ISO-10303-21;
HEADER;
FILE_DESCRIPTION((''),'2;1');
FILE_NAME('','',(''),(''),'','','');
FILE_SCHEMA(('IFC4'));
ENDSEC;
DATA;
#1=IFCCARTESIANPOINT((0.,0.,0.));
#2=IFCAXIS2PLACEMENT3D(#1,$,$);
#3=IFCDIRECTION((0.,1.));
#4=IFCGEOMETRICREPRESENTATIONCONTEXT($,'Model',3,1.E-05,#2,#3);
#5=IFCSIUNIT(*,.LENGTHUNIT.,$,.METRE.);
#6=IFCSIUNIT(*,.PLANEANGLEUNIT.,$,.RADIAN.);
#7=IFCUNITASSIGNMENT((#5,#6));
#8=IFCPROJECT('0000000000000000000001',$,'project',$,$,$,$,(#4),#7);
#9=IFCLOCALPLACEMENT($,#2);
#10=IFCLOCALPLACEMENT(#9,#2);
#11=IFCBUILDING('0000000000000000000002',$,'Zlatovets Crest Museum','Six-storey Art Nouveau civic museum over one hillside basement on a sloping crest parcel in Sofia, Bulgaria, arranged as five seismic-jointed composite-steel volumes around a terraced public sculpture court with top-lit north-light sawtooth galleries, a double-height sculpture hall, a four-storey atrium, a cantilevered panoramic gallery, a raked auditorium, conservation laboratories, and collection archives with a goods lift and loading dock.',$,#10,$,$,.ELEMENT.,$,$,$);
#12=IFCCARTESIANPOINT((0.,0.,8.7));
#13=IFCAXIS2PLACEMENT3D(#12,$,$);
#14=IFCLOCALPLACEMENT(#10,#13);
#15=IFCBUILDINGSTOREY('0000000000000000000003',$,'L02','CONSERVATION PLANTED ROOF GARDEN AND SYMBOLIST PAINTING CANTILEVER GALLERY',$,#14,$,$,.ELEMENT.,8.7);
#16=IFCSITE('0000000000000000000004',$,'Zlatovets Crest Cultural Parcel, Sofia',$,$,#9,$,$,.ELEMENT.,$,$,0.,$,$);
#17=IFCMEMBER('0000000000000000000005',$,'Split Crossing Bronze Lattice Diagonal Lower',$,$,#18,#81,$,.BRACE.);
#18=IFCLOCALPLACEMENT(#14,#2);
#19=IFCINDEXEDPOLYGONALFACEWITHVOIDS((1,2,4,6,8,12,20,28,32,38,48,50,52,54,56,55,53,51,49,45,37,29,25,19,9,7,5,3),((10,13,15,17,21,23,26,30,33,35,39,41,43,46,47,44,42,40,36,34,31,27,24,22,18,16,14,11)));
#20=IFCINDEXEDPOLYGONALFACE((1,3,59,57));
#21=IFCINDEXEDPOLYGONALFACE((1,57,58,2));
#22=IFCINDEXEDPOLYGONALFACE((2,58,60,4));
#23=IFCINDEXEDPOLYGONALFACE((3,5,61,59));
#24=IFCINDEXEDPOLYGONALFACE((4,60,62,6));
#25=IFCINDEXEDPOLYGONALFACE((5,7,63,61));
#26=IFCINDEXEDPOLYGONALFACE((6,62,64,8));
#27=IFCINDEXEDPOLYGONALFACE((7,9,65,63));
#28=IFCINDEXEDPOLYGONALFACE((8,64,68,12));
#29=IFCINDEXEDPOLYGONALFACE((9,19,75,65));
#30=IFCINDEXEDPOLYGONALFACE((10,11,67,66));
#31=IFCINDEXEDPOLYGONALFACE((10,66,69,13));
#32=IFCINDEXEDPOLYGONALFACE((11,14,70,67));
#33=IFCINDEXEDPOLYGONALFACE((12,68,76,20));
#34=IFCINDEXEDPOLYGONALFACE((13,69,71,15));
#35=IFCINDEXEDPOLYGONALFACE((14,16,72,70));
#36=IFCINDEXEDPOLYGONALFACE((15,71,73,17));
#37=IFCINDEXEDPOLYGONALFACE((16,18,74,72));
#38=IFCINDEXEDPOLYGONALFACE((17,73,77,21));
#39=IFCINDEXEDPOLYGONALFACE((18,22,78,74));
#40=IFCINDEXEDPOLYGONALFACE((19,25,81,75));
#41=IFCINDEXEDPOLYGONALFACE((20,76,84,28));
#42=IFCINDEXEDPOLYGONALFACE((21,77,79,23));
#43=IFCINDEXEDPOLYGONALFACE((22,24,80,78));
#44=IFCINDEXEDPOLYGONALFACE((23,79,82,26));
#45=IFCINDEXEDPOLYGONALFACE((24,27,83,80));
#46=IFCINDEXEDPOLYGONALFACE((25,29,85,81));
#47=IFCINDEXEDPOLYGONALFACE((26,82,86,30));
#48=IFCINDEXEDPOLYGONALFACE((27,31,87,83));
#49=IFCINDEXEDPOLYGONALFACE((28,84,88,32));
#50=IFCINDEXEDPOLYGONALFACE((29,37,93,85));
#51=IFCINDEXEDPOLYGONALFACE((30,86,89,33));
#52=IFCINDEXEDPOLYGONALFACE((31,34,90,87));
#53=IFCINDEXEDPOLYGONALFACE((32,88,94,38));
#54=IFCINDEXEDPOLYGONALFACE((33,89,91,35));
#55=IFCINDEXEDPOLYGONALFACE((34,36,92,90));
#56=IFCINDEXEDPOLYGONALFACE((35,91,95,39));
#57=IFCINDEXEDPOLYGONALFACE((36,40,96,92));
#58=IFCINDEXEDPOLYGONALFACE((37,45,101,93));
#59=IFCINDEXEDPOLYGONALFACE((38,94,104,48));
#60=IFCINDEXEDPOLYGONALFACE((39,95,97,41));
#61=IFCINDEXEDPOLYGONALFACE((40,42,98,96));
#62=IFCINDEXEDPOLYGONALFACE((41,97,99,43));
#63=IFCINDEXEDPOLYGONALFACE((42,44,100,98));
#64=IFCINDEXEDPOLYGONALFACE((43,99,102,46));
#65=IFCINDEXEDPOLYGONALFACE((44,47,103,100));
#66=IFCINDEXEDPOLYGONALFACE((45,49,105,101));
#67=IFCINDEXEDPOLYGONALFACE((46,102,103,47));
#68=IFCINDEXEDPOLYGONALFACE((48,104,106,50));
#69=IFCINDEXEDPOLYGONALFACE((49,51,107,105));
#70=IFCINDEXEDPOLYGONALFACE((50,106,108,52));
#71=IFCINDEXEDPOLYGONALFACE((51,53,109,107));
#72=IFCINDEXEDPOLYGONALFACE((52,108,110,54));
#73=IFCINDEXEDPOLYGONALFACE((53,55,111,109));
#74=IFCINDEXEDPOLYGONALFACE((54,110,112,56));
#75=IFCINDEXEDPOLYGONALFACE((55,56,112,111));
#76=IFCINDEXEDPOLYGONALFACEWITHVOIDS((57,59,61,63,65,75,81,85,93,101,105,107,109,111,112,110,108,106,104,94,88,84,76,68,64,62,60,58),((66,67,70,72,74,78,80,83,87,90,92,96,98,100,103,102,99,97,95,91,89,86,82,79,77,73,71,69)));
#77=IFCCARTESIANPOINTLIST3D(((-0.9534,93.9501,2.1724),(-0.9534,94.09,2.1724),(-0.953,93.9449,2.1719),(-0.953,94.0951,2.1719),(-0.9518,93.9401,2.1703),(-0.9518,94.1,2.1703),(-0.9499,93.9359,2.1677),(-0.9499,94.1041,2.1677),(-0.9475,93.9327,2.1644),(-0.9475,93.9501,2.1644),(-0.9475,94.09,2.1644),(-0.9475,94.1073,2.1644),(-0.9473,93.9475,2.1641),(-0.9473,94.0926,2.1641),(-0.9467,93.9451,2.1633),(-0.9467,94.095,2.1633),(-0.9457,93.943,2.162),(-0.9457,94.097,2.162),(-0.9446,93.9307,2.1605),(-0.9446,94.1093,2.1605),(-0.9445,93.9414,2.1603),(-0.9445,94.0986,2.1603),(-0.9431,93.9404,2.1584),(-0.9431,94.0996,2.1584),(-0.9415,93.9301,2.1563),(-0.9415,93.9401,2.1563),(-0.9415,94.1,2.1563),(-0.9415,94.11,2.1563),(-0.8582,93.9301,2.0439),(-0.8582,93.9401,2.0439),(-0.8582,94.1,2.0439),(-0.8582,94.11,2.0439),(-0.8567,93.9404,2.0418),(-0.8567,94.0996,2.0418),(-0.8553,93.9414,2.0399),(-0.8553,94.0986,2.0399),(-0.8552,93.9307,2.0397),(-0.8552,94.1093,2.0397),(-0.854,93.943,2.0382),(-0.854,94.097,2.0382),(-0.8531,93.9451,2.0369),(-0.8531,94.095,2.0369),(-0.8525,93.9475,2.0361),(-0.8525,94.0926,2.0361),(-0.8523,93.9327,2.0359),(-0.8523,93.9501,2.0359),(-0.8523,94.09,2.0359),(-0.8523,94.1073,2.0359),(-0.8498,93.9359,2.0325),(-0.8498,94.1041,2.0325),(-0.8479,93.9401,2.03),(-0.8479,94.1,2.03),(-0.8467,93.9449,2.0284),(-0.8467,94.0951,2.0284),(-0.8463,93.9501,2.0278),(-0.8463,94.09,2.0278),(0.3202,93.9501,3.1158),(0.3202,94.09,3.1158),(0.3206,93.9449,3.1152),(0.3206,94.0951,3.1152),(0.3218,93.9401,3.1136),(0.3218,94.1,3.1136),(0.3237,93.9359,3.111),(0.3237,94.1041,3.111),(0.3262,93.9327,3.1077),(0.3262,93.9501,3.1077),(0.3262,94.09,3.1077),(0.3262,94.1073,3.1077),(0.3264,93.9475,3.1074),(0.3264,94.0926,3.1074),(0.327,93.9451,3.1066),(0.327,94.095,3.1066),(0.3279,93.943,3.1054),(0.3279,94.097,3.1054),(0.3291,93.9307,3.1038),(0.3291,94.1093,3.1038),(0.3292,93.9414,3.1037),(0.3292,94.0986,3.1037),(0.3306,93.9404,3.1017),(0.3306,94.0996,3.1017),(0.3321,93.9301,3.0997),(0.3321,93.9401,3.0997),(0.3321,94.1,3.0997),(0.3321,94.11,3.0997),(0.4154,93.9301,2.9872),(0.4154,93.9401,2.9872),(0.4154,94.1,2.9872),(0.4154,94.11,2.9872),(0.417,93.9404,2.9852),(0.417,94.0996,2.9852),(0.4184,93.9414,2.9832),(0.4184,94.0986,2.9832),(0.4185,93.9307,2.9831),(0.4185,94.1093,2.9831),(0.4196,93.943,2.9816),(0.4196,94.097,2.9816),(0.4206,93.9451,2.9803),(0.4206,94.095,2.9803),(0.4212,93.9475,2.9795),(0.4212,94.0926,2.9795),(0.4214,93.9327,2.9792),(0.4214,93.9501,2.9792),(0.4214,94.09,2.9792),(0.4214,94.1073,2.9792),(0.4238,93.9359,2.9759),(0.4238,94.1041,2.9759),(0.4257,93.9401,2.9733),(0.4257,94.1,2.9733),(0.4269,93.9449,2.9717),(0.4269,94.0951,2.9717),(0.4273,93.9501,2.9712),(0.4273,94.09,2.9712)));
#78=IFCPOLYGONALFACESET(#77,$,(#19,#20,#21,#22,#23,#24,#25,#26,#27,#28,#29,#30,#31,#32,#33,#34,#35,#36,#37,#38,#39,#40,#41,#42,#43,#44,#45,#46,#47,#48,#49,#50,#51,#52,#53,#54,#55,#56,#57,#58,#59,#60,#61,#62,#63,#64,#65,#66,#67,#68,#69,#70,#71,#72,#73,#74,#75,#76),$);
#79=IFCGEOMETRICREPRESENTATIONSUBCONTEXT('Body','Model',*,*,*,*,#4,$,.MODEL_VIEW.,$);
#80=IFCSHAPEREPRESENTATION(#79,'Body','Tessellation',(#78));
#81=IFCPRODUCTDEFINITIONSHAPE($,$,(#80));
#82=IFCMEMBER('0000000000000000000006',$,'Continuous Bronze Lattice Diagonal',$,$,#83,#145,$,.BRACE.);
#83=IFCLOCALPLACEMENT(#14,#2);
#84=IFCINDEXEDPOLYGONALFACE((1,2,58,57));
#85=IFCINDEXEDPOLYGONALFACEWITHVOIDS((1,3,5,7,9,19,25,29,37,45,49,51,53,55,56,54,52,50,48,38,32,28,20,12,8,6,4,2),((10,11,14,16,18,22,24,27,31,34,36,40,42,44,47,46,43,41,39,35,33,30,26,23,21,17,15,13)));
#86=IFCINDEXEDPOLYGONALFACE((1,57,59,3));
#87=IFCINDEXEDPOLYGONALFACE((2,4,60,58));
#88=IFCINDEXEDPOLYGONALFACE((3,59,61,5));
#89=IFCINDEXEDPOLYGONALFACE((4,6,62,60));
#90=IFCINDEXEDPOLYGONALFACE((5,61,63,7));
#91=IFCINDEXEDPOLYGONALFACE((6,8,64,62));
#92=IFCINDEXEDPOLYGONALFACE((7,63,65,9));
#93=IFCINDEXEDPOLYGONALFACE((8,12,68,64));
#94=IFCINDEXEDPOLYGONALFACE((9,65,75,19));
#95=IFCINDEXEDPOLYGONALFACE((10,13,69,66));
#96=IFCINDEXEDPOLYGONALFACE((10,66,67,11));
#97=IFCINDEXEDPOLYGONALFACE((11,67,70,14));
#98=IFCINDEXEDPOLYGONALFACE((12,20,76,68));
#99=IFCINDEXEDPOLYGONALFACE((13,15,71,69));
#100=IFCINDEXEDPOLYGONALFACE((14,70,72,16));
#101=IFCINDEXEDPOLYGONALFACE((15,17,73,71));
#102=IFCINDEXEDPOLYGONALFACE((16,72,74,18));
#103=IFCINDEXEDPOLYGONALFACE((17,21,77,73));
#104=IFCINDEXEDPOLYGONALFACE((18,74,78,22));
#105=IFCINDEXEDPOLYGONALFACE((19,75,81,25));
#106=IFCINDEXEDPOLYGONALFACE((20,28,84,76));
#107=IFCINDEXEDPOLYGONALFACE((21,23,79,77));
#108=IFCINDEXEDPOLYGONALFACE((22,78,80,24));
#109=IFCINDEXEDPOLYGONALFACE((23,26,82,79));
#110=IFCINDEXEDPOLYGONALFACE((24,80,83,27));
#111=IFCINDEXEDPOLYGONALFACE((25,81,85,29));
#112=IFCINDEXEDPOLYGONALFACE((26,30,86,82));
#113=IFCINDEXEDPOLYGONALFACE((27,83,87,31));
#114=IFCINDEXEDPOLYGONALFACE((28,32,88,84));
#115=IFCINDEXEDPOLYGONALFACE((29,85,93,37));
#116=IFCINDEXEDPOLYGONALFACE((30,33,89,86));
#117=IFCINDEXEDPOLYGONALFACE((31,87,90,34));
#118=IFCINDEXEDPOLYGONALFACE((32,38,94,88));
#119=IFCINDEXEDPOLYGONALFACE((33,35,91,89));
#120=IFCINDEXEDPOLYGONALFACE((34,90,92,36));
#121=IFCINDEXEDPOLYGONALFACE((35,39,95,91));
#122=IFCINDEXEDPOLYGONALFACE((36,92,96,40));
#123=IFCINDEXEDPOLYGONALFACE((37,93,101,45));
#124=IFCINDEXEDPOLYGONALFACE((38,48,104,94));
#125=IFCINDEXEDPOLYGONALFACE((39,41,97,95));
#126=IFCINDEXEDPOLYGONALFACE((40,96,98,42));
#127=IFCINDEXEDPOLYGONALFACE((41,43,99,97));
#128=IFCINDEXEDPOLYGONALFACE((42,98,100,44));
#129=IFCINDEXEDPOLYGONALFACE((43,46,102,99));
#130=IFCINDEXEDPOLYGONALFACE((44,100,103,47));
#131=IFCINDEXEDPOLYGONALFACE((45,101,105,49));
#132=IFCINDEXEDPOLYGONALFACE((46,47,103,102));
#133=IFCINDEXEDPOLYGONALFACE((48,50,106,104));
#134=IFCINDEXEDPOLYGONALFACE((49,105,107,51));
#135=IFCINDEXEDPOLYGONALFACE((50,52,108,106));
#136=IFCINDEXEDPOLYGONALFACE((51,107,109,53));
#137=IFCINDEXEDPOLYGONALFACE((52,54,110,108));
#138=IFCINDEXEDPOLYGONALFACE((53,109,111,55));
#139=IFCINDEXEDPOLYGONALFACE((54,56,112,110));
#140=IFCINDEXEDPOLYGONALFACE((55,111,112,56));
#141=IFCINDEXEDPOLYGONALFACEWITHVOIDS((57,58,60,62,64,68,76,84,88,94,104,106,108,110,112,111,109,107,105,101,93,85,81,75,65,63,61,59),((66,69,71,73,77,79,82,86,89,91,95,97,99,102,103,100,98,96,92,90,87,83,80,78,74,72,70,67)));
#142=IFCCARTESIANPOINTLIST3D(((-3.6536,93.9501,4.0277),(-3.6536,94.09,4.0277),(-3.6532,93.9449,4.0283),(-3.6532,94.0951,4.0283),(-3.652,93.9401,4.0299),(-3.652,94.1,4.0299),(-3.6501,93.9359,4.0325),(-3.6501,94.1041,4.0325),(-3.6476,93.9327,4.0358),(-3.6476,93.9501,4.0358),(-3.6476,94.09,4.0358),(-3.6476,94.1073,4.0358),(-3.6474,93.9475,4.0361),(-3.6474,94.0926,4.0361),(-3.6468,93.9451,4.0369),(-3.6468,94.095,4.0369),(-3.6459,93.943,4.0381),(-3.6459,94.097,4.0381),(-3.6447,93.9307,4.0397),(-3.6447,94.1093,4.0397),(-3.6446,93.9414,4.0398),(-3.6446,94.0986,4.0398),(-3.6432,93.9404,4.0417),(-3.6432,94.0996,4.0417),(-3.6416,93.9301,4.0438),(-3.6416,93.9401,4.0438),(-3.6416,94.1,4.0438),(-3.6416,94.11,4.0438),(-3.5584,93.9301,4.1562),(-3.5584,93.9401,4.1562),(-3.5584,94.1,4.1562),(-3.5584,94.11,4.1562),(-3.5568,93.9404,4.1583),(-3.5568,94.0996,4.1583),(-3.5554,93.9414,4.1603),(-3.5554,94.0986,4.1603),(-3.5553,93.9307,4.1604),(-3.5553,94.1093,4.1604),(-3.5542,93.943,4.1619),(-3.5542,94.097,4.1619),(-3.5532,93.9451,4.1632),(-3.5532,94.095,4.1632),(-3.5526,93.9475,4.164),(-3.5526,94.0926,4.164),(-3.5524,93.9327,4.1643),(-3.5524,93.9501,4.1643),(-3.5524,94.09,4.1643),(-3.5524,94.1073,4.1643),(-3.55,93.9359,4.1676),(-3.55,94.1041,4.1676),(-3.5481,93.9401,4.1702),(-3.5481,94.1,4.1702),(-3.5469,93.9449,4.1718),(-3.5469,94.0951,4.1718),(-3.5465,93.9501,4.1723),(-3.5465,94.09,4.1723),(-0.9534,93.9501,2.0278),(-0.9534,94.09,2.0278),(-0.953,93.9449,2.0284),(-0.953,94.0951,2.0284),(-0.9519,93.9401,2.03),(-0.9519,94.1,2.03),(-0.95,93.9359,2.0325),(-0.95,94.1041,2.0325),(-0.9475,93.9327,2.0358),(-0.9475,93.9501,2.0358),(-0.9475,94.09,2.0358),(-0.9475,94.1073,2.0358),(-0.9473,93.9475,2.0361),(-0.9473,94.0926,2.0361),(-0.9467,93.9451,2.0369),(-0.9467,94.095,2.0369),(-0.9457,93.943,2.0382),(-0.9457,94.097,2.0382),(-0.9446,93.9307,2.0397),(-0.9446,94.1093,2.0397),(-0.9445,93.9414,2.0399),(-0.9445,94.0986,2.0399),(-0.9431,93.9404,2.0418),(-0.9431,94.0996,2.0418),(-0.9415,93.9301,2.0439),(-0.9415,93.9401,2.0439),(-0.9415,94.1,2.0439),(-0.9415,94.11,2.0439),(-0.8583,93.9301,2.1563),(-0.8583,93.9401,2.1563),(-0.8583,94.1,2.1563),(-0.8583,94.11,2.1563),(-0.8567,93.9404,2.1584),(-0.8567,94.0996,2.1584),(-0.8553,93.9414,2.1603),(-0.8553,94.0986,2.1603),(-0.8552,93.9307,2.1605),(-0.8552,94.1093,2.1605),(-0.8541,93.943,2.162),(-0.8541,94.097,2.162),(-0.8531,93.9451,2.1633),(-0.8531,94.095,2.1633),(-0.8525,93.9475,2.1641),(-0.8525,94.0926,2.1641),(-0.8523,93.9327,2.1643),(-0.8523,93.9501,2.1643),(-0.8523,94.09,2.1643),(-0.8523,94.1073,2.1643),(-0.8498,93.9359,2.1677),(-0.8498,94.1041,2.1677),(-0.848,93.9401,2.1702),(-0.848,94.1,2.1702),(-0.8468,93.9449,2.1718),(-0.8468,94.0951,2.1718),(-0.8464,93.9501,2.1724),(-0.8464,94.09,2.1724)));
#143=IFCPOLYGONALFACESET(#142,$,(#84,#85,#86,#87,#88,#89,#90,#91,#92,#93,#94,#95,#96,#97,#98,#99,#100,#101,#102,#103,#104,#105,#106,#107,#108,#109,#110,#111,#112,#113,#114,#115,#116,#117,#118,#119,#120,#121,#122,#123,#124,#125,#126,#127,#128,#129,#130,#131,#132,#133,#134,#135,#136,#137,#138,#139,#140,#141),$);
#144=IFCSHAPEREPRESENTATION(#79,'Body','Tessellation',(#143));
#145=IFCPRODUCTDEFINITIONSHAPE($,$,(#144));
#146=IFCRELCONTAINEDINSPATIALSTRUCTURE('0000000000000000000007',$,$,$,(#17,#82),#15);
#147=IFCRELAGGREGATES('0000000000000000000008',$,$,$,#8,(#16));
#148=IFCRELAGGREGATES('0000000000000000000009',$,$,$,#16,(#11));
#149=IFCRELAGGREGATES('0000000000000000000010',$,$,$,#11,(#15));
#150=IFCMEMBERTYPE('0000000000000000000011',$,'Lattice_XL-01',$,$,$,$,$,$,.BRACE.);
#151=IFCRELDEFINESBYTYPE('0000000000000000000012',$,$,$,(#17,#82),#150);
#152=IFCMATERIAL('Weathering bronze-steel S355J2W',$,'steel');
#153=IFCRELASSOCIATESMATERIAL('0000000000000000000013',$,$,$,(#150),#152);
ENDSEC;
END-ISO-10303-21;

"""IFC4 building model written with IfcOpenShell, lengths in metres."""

from ifc_helpers import new_model, si_unit, direction, frame, origin, origin_2d, place, context, subcontext, project, spatial, hollow_rectangle, extrude, material, material_profile, profile_set, type_object, element, save


model = new_model("IFC4")

# Units and contexts
model_context = context("Model", 3, precision=1e-05, world=origin(), true_north=direction((0.0, 1.0)))
body_context = subcontext(model_context, "Body", "Model", "MODEL_VIEW")
ifc_project = project(units=[si_unit("LENGTHUNIT", "METRE"), si_unit("PLANEANGLEUNIT", "RADIAN")], contexts=[model_context])

# Site, building, storey
site_placement = place(None, origin())
site = spatial("IfcSite", under=ifc_project, at=site_placement, Name="Zlatovets Crest Cultural Parcel, Sofia", CompositionType="ELEMENT", RefElevation=0.0)
building_placement = place(site_placement, origin())
building = spatial("IfcBuilding", under=site, at=building_placement, Name="Zlatovets Crest Museum", Description="Six-storey Art Nouveau civic museum over one hillside basement on a sloping crest parcel in Sofia, Bulgaria, arranged as five seismic-jointed composite-steel volumes around a terraced public sculpture court with top-lit north-light sawtooth galleries, a double-height sculpture hall, a four-storey atrium, a cantilevered panoramic gallery, a raked auditorium, conservation laboratories, and collection archives with a goods lift and loading dock.", CompositionType="ELEMENT")
storey_placement = place(building_placement, frame((0.0, 0.0, 8.7)))
storey = spatial("IfcBuildingStorey", under=building, at=storey_placement, Name="L02", Description="CONSERVATION PLANTED ROOF GARDEN AND SYMBOLIST PAINTING CANTILEVER GALLERY", CompositionType="ELEMENT", Elevation=8.7)

# Members
ifc_material_1 = material(Name="Weathering bronze-steel S355J2W", Category="steel")
ifc_material_profile_1 = material_profile(ifc_material_1, hollow_rectangle(XDim=0.1799, YDim=0.1799, WallThickness=0.01, InnerFilletRadius=0.01, OuterFilletRadius=0.02, at=origin_2d()), Name="SHS 180x180x10.0")
ifc_profile_set_1 = profile_set([ifc_material_profile_1], Name="Weathering bronze-steel S355J2W")
member_type_1 = type_object("IfcMemberType", Name="Lattice_XL-01", PredefinedType="BRACE", material=ifc_profile_set_1)
member_1_placement = place(storey_placement, frame((0.3738, 94.02, 3.0435), z_axis=(-0.80359, 0.0, -0.595183), x_axis=(0.0, -1.0, 0.0)))
element("IfcMember", 1, at=member_1_placement, inside=storey, type_object=member_type_1, Name="Split Crossing Bronze Lattice Diagonal Lower", PredefinedType="BRACE", context=body_context, shape_type="SweptSolid", body=[
    extrude(hollow_rectangle(XDim=0.1799, YDim=0.1799, WallThickness=0.01, InnerFilletRadius=0.01, OuterFilletRadius=0.02, at=origin_2d()), origin(), (0.0, 0.0, 1.0), 1.585),
])
member_2_placement = place(storey_placement, frame((-0.8999, 94.02, 2.1001), z_axis=(-0.803578, 0.0, 0.5952), x_axis=(0.0, -1.0, 0.0)))
element("IfcMember", 2, at=member_2_placement, inside=storey, type_object=member_type_1, Name="Continuous Bronze Lattice Diagonal", PredefinedType="BRACE", context=body_context, shape_type="SweptSolid", body=[
    extrude(hollow_rectangle(XDim=0.1799, YDim=0.1799, WallThickness=0.01, InnerFilletRadius=0.01, OuterFilletRadius=0.02, at=origin_2d()), origin(), (0.0, 0.0, 1.0), 3.3601),
])

save(model, "model.ifc")
